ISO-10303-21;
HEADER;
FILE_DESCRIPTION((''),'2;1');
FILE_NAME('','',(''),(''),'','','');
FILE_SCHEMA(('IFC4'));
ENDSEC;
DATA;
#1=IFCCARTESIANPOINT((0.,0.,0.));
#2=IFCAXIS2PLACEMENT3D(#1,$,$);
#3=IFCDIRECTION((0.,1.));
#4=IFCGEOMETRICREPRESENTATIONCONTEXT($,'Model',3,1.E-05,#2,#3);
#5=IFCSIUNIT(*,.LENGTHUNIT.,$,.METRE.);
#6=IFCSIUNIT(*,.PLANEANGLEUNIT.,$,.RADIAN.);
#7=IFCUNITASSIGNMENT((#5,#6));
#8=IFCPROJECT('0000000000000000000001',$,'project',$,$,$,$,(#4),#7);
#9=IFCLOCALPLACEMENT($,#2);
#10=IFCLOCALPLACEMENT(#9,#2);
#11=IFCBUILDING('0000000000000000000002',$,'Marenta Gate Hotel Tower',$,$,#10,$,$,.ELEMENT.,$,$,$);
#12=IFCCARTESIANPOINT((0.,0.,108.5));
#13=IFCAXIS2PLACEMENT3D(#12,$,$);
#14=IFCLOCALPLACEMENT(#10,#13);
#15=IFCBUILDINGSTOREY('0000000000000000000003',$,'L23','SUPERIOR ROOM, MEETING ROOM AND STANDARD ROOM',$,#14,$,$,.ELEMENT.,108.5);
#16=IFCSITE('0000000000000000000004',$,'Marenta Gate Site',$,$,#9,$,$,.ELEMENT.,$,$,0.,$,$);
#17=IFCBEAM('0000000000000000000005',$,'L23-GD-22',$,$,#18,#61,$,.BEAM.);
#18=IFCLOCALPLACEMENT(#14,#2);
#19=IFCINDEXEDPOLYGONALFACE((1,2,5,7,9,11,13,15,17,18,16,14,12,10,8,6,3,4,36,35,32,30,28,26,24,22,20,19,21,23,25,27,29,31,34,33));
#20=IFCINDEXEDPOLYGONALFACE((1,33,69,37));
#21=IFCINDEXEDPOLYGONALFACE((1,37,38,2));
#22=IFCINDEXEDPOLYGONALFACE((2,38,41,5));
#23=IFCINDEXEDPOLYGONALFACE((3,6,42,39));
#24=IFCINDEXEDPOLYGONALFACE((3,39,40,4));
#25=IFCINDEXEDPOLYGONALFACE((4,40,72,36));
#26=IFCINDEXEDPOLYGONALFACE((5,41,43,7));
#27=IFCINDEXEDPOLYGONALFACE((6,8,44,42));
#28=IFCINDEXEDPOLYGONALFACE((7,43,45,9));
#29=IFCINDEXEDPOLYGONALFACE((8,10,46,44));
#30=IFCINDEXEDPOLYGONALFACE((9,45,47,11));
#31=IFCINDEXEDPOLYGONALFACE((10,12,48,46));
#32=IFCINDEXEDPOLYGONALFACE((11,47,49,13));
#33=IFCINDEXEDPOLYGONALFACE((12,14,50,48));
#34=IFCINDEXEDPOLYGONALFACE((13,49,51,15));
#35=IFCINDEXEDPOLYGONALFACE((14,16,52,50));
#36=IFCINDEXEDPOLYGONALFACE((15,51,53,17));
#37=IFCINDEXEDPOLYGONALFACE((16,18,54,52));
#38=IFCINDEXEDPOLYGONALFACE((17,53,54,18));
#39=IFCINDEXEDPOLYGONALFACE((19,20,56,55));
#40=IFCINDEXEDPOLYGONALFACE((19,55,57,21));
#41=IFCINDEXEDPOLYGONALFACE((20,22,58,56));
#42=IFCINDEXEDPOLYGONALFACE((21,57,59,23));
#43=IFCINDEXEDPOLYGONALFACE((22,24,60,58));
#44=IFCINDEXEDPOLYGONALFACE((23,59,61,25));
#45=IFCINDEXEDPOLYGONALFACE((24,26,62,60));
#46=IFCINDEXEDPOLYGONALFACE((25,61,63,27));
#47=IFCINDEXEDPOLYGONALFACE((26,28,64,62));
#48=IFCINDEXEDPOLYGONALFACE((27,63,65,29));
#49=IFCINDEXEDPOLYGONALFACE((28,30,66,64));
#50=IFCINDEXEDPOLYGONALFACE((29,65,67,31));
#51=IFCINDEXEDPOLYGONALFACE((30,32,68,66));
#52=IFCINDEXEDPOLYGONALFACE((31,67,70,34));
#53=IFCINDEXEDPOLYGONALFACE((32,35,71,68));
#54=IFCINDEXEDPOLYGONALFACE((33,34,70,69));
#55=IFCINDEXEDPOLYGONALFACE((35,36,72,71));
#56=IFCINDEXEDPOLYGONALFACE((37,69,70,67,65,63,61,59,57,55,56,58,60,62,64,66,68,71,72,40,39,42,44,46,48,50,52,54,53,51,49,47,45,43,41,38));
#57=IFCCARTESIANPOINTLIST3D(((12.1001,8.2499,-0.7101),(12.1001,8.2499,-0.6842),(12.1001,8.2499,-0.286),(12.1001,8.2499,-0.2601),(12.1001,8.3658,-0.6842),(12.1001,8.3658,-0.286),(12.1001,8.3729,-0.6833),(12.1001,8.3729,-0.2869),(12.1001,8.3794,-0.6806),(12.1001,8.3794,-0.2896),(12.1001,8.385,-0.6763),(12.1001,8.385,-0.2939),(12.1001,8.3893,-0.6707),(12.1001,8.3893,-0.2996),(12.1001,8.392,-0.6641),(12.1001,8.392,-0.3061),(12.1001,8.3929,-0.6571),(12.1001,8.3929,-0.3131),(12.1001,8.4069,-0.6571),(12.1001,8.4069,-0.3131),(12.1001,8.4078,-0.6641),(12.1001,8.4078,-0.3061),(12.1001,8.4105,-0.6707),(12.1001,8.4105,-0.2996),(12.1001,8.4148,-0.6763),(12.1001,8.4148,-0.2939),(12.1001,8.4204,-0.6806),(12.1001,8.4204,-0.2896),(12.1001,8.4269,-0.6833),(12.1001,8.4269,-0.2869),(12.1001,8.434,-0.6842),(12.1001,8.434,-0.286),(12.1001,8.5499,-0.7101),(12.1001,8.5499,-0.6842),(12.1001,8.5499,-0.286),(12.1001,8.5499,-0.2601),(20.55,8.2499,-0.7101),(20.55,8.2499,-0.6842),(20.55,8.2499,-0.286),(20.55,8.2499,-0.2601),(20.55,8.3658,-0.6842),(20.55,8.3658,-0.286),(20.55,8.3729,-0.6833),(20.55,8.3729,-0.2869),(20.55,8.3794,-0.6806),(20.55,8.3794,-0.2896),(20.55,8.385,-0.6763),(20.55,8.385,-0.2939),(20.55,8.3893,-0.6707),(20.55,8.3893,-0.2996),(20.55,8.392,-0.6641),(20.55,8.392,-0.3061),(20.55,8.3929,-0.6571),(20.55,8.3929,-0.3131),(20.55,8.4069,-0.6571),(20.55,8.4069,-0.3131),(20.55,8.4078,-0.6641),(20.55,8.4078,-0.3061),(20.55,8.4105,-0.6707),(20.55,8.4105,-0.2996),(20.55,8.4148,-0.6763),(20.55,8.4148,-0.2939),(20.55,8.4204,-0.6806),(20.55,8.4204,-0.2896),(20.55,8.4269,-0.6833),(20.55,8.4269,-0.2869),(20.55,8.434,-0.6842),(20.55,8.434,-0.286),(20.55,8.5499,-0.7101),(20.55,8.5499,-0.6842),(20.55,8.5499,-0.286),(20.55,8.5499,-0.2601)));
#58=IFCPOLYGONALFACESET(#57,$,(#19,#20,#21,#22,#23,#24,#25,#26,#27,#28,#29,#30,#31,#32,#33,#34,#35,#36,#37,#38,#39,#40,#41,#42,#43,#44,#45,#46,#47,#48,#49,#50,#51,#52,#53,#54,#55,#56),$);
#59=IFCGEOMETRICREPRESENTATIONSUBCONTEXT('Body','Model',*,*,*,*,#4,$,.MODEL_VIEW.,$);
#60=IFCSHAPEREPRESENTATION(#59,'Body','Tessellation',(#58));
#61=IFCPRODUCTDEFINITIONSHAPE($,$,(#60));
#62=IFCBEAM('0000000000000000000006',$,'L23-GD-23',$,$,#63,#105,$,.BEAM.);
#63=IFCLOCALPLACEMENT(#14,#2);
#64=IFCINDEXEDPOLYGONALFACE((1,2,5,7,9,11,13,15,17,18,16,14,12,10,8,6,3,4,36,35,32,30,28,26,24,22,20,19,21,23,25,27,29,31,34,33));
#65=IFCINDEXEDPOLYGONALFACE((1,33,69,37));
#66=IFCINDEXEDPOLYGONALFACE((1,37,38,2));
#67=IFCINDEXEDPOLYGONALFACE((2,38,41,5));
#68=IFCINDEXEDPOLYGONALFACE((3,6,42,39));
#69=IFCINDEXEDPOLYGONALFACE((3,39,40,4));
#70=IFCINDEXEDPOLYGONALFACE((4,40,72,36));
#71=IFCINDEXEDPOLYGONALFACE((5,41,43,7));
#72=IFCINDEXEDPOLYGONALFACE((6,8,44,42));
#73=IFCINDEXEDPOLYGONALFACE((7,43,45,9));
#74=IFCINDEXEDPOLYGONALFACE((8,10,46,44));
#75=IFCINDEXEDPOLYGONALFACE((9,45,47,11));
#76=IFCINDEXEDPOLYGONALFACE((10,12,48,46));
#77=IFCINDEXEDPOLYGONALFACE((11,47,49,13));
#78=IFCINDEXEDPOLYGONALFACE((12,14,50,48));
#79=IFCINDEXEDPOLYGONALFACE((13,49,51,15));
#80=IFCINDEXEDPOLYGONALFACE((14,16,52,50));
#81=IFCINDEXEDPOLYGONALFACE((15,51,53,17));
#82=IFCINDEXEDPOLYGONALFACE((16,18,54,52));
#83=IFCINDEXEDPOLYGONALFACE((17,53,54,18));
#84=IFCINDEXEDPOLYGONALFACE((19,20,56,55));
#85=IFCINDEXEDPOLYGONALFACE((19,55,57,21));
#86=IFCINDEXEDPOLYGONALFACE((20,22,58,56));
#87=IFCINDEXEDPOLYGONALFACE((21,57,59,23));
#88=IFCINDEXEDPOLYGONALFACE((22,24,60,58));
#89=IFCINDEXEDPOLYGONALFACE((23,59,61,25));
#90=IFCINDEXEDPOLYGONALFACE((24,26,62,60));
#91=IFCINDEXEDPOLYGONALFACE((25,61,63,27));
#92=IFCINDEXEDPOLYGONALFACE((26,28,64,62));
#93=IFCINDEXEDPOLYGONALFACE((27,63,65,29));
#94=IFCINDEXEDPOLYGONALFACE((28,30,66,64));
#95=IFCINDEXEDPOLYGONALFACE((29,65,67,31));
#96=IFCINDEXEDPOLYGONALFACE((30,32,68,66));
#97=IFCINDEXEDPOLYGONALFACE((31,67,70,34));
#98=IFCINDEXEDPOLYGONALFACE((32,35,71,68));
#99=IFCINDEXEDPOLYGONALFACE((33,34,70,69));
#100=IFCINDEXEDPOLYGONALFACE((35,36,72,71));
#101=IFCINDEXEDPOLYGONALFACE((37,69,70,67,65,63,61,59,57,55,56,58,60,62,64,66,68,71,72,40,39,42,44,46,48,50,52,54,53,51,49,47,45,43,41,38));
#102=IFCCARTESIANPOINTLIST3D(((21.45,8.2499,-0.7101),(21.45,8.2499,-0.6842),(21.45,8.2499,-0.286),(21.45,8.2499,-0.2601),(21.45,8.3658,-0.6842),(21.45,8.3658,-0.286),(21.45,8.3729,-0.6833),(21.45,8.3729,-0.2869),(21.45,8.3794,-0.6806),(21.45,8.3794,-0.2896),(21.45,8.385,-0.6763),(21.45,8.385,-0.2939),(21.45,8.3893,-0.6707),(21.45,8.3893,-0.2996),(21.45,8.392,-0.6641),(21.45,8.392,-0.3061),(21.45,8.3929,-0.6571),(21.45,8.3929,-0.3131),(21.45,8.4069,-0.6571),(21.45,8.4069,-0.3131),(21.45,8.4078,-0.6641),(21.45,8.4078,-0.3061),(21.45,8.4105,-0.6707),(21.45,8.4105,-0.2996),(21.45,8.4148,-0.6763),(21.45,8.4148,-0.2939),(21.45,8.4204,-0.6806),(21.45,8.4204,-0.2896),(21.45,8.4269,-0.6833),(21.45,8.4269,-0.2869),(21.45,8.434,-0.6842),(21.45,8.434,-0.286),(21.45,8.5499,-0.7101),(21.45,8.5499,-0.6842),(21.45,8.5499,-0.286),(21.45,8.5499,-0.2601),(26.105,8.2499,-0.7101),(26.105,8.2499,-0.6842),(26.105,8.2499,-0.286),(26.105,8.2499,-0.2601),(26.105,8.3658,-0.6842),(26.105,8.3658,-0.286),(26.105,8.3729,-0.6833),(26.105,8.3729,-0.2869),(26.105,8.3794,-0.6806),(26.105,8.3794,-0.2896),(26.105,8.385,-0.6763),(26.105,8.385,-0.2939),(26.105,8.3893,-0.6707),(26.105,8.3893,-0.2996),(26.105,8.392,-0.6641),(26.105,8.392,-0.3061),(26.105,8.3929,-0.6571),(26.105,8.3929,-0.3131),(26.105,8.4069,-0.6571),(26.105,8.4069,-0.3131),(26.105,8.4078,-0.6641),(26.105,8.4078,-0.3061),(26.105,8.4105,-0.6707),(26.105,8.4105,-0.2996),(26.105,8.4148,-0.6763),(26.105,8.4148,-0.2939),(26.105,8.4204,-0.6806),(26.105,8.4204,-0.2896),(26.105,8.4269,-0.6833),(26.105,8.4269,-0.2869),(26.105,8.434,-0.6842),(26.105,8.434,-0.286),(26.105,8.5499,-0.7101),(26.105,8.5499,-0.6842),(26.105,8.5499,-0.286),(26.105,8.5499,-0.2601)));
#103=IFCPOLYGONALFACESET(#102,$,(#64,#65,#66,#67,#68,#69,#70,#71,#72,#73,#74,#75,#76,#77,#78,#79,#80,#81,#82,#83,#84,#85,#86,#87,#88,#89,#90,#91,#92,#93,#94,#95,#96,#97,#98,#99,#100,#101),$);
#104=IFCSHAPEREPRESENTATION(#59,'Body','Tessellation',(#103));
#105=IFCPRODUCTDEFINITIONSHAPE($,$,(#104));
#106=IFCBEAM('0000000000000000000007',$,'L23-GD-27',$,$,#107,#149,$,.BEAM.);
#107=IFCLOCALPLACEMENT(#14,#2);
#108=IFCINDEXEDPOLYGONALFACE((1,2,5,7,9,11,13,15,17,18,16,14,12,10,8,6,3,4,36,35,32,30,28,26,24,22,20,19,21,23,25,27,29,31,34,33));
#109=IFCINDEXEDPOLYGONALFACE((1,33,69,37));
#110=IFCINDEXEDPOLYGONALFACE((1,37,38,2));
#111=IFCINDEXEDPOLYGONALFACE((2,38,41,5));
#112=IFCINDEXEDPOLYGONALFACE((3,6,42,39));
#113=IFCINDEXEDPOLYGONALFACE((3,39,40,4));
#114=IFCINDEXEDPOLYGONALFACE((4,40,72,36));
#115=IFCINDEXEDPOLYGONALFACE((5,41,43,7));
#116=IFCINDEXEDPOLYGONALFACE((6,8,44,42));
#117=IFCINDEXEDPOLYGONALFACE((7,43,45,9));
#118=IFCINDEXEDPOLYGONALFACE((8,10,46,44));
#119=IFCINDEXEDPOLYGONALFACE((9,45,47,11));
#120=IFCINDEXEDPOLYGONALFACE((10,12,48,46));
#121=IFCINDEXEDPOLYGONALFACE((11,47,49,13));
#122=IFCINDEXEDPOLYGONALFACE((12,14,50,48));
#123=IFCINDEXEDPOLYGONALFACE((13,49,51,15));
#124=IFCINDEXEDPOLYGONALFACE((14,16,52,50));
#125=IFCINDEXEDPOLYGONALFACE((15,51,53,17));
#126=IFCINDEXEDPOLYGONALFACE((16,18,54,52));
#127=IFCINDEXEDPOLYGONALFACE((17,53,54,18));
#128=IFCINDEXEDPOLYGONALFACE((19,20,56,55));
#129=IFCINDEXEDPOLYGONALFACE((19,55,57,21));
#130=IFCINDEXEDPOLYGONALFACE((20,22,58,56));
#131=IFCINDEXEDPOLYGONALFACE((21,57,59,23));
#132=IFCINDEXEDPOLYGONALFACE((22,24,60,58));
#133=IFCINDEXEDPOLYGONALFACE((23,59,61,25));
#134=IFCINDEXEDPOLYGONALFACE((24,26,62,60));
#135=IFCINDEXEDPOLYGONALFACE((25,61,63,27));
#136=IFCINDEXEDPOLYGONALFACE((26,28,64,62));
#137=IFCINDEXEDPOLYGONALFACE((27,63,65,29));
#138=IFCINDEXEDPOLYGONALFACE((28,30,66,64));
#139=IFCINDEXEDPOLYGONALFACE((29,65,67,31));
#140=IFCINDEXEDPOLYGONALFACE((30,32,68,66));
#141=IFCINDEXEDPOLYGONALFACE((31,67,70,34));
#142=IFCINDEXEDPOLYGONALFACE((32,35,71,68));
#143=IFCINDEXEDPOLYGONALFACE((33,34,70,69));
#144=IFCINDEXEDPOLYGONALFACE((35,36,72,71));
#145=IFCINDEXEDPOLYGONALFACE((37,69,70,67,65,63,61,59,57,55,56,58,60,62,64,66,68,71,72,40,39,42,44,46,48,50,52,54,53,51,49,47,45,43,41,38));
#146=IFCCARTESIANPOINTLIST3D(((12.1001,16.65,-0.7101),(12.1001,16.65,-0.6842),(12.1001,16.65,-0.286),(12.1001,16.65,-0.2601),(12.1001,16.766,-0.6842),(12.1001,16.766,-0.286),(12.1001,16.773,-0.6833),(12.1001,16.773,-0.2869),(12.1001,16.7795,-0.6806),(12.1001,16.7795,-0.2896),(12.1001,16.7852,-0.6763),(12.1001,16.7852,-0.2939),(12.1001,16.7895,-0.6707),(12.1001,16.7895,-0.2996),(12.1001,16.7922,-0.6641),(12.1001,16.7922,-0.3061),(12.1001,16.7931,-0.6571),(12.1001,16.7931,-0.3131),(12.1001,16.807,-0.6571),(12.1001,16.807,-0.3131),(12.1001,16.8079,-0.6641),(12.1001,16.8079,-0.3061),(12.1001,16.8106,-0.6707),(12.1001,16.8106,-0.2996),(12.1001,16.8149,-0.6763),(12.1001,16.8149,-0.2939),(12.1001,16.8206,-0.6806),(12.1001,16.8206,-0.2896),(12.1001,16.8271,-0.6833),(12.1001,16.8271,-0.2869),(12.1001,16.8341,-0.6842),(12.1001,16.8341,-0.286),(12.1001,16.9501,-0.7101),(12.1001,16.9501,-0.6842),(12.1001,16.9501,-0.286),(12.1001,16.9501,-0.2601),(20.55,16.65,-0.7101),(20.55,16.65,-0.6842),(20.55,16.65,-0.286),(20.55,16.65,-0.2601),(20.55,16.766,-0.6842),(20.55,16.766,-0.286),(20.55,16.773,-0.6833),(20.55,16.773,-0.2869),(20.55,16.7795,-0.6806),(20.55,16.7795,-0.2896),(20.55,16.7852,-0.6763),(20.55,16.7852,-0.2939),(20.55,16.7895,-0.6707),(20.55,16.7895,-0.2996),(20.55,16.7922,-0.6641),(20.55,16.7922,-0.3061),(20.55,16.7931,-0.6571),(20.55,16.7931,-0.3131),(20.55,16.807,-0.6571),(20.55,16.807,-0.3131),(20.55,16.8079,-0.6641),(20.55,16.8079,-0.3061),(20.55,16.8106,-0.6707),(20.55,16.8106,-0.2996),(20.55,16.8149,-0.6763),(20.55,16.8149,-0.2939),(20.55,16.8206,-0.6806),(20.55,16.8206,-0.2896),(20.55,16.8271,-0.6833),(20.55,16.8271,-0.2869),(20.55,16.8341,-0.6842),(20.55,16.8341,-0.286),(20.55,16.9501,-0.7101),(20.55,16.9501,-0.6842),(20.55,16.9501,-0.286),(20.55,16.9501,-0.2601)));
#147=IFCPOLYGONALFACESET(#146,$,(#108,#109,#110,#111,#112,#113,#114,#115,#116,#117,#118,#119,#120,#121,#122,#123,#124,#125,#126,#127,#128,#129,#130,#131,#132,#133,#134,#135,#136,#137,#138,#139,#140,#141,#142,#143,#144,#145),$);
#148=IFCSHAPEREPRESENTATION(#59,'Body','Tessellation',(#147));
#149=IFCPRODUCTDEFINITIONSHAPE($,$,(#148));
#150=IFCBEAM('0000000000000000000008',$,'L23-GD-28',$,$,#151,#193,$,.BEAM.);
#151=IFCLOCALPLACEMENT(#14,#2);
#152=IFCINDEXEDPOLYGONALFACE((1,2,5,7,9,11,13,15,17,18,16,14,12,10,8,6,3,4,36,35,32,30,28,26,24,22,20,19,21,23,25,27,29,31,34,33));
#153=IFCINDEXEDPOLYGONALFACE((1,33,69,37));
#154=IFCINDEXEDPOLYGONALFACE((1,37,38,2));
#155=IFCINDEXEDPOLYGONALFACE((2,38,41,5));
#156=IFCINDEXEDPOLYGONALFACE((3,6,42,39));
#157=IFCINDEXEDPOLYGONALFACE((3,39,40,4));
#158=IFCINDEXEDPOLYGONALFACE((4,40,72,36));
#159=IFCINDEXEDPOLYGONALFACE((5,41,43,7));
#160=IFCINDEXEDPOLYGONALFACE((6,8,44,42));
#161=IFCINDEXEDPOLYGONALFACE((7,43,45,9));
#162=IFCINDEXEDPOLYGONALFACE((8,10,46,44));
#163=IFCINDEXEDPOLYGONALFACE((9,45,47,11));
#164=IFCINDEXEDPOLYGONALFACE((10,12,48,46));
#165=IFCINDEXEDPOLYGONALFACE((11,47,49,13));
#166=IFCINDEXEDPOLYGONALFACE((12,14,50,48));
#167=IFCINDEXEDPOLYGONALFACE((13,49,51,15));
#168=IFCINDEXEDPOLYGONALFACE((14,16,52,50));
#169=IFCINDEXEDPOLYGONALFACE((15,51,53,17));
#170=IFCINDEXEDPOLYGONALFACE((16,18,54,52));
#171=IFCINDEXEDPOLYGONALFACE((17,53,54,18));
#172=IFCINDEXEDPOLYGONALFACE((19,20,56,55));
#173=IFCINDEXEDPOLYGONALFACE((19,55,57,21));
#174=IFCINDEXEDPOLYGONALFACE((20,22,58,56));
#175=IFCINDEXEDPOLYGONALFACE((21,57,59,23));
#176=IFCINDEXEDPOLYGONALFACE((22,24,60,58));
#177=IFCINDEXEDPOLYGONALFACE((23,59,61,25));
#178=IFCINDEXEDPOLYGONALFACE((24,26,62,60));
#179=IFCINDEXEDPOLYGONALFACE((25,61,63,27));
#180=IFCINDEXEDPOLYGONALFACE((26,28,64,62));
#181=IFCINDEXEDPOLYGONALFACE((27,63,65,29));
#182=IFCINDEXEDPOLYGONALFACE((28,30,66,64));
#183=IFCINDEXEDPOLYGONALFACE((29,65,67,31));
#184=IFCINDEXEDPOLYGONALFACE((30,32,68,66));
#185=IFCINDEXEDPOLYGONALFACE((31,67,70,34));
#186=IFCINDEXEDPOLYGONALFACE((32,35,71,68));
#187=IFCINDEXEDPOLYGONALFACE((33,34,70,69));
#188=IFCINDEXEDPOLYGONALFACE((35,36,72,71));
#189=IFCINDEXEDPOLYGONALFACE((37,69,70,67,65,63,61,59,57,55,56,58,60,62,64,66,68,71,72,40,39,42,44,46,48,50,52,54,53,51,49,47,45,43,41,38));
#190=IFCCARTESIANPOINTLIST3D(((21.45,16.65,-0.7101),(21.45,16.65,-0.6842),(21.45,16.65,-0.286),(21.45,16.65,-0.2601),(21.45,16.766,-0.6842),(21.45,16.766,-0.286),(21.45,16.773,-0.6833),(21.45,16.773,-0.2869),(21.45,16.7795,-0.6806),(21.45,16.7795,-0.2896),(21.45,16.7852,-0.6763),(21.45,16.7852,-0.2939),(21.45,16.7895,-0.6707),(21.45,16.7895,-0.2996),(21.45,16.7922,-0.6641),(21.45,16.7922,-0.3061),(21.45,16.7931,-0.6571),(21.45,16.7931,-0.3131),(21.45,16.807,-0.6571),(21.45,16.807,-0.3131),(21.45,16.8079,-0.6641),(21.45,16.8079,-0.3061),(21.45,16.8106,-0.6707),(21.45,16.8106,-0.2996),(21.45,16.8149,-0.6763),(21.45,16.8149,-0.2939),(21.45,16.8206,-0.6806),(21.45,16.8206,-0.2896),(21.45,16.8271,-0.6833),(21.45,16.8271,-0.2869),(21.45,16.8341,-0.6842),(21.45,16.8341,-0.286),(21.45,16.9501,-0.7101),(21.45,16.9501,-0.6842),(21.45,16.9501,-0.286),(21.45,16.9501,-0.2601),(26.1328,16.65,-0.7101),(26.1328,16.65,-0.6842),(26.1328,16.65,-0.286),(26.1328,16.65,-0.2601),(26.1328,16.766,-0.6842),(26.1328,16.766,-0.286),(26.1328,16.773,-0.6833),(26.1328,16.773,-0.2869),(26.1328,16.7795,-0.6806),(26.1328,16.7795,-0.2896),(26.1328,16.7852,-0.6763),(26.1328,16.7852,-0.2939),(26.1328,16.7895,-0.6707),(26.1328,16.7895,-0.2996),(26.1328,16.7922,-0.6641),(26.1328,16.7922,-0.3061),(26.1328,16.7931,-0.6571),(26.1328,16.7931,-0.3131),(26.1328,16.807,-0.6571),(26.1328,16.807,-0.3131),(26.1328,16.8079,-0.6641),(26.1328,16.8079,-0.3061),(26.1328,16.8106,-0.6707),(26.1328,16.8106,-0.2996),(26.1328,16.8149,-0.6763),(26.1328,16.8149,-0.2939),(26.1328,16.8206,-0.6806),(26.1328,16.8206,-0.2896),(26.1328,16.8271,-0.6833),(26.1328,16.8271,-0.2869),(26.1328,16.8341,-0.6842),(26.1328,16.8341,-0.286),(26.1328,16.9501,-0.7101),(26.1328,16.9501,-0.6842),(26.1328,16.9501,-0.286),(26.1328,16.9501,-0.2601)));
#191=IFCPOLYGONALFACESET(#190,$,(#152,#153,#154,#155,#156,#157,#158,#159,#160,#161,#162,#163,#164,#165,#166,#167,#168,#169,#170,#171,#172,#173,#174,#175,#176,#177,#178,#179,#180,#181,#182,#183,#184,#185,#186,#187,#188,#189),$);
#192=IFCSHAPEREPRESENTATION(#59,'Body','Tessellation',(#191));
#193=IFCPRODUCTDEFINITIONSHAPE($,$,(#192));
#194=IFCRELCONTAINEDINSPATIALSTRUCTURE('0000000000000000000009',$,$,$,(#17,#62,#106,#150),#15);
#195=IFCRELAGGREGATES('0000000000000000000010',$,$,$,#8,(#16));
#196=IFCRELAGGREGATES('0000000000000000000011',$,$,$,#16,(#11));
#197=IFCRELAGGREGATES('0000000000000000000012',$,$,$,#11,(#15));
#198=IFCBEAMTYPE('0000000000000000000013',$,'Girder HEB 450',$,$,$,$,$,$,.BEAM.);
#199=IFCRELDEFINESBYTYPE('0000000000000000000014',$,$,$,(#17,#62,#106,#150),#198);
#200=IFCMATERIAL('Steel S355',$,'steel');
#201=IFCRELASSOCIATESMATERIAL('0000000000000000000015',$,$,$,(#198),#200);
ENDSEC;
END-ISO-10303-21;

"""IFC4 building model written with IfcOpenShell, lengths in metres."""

from ifc_helpers import new_model, si_unit, direction, frame, origin, origin_2d, place, context, subcontext, project, spatial, i_section, extrude, material, material_profile, profile_set, type_object, element, save


model = new_model("IFC4")

# Units and contexts
model_context = context("Model", 3, precision=1e-05, world=origin(), true_north=direction((0.0, 1.0)))
body_context = subcontext(model_context, "Body", "Model", "MODEL_VIEW")
ifc_project = project(units=[si_unit("LENGTHUNIT", "METRE"), si_unit("PLANEANGLEUNIT", "RADIAN")], contexts=[model_context])

# Site, building, storey
site_placement = place(None, origin())
site = spatial("IfcSite", under=ifc_project, at=site_placement, Name="Marenta Gate Site", CompositionType="ELEMENT", RefElevation=0.0)
building_placement = place(site_placement, origin())
building = spatial("IfcBuilding", under=site, at=building_placement, Name="Marenta Gate Hotel Tower", CompositionType="ELEMENT")
storey_placement = place(building_placement, frame((0.0, 0.0, 108.5)))
storey = spatial("IfcBuildingStorey", under=building, at=storey_placement, Name="L23", Description="SUPERIOR ROOM, MEETING ROOM AND STANDARD ROOM", CompositionType="ELEMENT", Elevation=108.5)

# Beams
ifc_material_1 = material(Name="Steel S355", Category="steel")
ifc_material_profile_1 = material_profile(ifc_material_1, i_section(OverallWidth=0.3, OverallDepth=0.45, WebThickness=0.0139, FlangeThickness=0.0259, FilletRadius=0.0271, at=origin_2d()), Name="HEB 450")
ifc_profile_set_1 = profile_set([ifc_material_profile_1], Name="Steel S355")
beam_type_1 = type_object("IfcBeamType", Name="Girder HEB 450", PredefinedType="BEAM", material=ifc_profile_set_1)
beam_1_placement = place(storey_placement, frame((12.1001, 8.3999, -0.4851), z_axis=(1.0, 0.0, 0.0), x_axis=(0.0, 1.0, 0.0)))
element("IfcBeam", 1, at=beam_1_placement, inside=storey, type_object=beam_type_1, Name="L23-GD-22", PredefinedType="BEAM", context=body_context, shape_type="SweptSolid", body=[
    extrude(i_section(OverallWidth=0.3, OverallDepth=0.45, WebThickness=0.0139, FlangeThickness=0.0259, FilletRadius=0.0271, at=origin_2d()), origin(), (0.0, 0.0, 1.0), 8.45),
])
beam_2_placement = place(storey_placement, frame((21.45, 8.3999, -0.4851), z_axis=(1.0, 0.0, 0.0), x_axis=(0.0, 1.0, 0.0)))
element("IfcBeam", 2, at=beam_2_placement, inside=storey, type_object=beam_type_1, Name="L23-GD-23", PredefinedType="BEAM", context=body_context, shape_type="SweptSolid", body=[
    extrude(i_section(OverallWidth=0.3, OverallDepth=0.45, WebThickness=0.0139, FlangeThickness=0.0259, FilletRadius=0.0271, at=origin_2d()), origin(), (0.0, 0.0, 1.0), 4.655),
])
beam_3_placement = place(storey_placement, frame((12.1001, 16.8, -0.4851), z_axis=(1.0, 0.0, 0.0), x_axis=(0.0, 1.0, 0.0)))
element("IfcBeam", 3, at=beam_3_placement, inside=storey, type_object=beam_type_1, Name="L23-GD-27", PredefinedType="BEAM", context=body_context, shape_type="SweptSolid", body=[
    extrude(i_section(OverallWidth=0.3, OverallDepth=0.45, WebThickness=0.0139, FlangeThickness=0.0259, FilletRadius=0.0271, at=origin_2d()), origin(), (0.0, 0.0, 1.0), 8.45),
])
beam_4_placement = place(storey_placement, frame((21.45, 16.8, -0.4851), z_axis=(1.0, 0.0, 0.0), x_axis=(0.0, 1.0, 0.0)))
element("IfcBeam", 4, at=beam_4_placement, inside=storey, type_object=beam_type_1, Name="L23-GD-28", PredefinedType="BEAM", context=body_context, shape_type="SweptSolid", body=[
    extrude(i_section(OverallWidth=0.3, OverallDepth=0.45, WebThickness=0.0139, FlangeThickness=0.0259, FilletRadius=0.0271, at=origin_2d()), origin(), (0.0, 0.0, 1.0), 4.6829),
])

save(model, "model.ifc")
